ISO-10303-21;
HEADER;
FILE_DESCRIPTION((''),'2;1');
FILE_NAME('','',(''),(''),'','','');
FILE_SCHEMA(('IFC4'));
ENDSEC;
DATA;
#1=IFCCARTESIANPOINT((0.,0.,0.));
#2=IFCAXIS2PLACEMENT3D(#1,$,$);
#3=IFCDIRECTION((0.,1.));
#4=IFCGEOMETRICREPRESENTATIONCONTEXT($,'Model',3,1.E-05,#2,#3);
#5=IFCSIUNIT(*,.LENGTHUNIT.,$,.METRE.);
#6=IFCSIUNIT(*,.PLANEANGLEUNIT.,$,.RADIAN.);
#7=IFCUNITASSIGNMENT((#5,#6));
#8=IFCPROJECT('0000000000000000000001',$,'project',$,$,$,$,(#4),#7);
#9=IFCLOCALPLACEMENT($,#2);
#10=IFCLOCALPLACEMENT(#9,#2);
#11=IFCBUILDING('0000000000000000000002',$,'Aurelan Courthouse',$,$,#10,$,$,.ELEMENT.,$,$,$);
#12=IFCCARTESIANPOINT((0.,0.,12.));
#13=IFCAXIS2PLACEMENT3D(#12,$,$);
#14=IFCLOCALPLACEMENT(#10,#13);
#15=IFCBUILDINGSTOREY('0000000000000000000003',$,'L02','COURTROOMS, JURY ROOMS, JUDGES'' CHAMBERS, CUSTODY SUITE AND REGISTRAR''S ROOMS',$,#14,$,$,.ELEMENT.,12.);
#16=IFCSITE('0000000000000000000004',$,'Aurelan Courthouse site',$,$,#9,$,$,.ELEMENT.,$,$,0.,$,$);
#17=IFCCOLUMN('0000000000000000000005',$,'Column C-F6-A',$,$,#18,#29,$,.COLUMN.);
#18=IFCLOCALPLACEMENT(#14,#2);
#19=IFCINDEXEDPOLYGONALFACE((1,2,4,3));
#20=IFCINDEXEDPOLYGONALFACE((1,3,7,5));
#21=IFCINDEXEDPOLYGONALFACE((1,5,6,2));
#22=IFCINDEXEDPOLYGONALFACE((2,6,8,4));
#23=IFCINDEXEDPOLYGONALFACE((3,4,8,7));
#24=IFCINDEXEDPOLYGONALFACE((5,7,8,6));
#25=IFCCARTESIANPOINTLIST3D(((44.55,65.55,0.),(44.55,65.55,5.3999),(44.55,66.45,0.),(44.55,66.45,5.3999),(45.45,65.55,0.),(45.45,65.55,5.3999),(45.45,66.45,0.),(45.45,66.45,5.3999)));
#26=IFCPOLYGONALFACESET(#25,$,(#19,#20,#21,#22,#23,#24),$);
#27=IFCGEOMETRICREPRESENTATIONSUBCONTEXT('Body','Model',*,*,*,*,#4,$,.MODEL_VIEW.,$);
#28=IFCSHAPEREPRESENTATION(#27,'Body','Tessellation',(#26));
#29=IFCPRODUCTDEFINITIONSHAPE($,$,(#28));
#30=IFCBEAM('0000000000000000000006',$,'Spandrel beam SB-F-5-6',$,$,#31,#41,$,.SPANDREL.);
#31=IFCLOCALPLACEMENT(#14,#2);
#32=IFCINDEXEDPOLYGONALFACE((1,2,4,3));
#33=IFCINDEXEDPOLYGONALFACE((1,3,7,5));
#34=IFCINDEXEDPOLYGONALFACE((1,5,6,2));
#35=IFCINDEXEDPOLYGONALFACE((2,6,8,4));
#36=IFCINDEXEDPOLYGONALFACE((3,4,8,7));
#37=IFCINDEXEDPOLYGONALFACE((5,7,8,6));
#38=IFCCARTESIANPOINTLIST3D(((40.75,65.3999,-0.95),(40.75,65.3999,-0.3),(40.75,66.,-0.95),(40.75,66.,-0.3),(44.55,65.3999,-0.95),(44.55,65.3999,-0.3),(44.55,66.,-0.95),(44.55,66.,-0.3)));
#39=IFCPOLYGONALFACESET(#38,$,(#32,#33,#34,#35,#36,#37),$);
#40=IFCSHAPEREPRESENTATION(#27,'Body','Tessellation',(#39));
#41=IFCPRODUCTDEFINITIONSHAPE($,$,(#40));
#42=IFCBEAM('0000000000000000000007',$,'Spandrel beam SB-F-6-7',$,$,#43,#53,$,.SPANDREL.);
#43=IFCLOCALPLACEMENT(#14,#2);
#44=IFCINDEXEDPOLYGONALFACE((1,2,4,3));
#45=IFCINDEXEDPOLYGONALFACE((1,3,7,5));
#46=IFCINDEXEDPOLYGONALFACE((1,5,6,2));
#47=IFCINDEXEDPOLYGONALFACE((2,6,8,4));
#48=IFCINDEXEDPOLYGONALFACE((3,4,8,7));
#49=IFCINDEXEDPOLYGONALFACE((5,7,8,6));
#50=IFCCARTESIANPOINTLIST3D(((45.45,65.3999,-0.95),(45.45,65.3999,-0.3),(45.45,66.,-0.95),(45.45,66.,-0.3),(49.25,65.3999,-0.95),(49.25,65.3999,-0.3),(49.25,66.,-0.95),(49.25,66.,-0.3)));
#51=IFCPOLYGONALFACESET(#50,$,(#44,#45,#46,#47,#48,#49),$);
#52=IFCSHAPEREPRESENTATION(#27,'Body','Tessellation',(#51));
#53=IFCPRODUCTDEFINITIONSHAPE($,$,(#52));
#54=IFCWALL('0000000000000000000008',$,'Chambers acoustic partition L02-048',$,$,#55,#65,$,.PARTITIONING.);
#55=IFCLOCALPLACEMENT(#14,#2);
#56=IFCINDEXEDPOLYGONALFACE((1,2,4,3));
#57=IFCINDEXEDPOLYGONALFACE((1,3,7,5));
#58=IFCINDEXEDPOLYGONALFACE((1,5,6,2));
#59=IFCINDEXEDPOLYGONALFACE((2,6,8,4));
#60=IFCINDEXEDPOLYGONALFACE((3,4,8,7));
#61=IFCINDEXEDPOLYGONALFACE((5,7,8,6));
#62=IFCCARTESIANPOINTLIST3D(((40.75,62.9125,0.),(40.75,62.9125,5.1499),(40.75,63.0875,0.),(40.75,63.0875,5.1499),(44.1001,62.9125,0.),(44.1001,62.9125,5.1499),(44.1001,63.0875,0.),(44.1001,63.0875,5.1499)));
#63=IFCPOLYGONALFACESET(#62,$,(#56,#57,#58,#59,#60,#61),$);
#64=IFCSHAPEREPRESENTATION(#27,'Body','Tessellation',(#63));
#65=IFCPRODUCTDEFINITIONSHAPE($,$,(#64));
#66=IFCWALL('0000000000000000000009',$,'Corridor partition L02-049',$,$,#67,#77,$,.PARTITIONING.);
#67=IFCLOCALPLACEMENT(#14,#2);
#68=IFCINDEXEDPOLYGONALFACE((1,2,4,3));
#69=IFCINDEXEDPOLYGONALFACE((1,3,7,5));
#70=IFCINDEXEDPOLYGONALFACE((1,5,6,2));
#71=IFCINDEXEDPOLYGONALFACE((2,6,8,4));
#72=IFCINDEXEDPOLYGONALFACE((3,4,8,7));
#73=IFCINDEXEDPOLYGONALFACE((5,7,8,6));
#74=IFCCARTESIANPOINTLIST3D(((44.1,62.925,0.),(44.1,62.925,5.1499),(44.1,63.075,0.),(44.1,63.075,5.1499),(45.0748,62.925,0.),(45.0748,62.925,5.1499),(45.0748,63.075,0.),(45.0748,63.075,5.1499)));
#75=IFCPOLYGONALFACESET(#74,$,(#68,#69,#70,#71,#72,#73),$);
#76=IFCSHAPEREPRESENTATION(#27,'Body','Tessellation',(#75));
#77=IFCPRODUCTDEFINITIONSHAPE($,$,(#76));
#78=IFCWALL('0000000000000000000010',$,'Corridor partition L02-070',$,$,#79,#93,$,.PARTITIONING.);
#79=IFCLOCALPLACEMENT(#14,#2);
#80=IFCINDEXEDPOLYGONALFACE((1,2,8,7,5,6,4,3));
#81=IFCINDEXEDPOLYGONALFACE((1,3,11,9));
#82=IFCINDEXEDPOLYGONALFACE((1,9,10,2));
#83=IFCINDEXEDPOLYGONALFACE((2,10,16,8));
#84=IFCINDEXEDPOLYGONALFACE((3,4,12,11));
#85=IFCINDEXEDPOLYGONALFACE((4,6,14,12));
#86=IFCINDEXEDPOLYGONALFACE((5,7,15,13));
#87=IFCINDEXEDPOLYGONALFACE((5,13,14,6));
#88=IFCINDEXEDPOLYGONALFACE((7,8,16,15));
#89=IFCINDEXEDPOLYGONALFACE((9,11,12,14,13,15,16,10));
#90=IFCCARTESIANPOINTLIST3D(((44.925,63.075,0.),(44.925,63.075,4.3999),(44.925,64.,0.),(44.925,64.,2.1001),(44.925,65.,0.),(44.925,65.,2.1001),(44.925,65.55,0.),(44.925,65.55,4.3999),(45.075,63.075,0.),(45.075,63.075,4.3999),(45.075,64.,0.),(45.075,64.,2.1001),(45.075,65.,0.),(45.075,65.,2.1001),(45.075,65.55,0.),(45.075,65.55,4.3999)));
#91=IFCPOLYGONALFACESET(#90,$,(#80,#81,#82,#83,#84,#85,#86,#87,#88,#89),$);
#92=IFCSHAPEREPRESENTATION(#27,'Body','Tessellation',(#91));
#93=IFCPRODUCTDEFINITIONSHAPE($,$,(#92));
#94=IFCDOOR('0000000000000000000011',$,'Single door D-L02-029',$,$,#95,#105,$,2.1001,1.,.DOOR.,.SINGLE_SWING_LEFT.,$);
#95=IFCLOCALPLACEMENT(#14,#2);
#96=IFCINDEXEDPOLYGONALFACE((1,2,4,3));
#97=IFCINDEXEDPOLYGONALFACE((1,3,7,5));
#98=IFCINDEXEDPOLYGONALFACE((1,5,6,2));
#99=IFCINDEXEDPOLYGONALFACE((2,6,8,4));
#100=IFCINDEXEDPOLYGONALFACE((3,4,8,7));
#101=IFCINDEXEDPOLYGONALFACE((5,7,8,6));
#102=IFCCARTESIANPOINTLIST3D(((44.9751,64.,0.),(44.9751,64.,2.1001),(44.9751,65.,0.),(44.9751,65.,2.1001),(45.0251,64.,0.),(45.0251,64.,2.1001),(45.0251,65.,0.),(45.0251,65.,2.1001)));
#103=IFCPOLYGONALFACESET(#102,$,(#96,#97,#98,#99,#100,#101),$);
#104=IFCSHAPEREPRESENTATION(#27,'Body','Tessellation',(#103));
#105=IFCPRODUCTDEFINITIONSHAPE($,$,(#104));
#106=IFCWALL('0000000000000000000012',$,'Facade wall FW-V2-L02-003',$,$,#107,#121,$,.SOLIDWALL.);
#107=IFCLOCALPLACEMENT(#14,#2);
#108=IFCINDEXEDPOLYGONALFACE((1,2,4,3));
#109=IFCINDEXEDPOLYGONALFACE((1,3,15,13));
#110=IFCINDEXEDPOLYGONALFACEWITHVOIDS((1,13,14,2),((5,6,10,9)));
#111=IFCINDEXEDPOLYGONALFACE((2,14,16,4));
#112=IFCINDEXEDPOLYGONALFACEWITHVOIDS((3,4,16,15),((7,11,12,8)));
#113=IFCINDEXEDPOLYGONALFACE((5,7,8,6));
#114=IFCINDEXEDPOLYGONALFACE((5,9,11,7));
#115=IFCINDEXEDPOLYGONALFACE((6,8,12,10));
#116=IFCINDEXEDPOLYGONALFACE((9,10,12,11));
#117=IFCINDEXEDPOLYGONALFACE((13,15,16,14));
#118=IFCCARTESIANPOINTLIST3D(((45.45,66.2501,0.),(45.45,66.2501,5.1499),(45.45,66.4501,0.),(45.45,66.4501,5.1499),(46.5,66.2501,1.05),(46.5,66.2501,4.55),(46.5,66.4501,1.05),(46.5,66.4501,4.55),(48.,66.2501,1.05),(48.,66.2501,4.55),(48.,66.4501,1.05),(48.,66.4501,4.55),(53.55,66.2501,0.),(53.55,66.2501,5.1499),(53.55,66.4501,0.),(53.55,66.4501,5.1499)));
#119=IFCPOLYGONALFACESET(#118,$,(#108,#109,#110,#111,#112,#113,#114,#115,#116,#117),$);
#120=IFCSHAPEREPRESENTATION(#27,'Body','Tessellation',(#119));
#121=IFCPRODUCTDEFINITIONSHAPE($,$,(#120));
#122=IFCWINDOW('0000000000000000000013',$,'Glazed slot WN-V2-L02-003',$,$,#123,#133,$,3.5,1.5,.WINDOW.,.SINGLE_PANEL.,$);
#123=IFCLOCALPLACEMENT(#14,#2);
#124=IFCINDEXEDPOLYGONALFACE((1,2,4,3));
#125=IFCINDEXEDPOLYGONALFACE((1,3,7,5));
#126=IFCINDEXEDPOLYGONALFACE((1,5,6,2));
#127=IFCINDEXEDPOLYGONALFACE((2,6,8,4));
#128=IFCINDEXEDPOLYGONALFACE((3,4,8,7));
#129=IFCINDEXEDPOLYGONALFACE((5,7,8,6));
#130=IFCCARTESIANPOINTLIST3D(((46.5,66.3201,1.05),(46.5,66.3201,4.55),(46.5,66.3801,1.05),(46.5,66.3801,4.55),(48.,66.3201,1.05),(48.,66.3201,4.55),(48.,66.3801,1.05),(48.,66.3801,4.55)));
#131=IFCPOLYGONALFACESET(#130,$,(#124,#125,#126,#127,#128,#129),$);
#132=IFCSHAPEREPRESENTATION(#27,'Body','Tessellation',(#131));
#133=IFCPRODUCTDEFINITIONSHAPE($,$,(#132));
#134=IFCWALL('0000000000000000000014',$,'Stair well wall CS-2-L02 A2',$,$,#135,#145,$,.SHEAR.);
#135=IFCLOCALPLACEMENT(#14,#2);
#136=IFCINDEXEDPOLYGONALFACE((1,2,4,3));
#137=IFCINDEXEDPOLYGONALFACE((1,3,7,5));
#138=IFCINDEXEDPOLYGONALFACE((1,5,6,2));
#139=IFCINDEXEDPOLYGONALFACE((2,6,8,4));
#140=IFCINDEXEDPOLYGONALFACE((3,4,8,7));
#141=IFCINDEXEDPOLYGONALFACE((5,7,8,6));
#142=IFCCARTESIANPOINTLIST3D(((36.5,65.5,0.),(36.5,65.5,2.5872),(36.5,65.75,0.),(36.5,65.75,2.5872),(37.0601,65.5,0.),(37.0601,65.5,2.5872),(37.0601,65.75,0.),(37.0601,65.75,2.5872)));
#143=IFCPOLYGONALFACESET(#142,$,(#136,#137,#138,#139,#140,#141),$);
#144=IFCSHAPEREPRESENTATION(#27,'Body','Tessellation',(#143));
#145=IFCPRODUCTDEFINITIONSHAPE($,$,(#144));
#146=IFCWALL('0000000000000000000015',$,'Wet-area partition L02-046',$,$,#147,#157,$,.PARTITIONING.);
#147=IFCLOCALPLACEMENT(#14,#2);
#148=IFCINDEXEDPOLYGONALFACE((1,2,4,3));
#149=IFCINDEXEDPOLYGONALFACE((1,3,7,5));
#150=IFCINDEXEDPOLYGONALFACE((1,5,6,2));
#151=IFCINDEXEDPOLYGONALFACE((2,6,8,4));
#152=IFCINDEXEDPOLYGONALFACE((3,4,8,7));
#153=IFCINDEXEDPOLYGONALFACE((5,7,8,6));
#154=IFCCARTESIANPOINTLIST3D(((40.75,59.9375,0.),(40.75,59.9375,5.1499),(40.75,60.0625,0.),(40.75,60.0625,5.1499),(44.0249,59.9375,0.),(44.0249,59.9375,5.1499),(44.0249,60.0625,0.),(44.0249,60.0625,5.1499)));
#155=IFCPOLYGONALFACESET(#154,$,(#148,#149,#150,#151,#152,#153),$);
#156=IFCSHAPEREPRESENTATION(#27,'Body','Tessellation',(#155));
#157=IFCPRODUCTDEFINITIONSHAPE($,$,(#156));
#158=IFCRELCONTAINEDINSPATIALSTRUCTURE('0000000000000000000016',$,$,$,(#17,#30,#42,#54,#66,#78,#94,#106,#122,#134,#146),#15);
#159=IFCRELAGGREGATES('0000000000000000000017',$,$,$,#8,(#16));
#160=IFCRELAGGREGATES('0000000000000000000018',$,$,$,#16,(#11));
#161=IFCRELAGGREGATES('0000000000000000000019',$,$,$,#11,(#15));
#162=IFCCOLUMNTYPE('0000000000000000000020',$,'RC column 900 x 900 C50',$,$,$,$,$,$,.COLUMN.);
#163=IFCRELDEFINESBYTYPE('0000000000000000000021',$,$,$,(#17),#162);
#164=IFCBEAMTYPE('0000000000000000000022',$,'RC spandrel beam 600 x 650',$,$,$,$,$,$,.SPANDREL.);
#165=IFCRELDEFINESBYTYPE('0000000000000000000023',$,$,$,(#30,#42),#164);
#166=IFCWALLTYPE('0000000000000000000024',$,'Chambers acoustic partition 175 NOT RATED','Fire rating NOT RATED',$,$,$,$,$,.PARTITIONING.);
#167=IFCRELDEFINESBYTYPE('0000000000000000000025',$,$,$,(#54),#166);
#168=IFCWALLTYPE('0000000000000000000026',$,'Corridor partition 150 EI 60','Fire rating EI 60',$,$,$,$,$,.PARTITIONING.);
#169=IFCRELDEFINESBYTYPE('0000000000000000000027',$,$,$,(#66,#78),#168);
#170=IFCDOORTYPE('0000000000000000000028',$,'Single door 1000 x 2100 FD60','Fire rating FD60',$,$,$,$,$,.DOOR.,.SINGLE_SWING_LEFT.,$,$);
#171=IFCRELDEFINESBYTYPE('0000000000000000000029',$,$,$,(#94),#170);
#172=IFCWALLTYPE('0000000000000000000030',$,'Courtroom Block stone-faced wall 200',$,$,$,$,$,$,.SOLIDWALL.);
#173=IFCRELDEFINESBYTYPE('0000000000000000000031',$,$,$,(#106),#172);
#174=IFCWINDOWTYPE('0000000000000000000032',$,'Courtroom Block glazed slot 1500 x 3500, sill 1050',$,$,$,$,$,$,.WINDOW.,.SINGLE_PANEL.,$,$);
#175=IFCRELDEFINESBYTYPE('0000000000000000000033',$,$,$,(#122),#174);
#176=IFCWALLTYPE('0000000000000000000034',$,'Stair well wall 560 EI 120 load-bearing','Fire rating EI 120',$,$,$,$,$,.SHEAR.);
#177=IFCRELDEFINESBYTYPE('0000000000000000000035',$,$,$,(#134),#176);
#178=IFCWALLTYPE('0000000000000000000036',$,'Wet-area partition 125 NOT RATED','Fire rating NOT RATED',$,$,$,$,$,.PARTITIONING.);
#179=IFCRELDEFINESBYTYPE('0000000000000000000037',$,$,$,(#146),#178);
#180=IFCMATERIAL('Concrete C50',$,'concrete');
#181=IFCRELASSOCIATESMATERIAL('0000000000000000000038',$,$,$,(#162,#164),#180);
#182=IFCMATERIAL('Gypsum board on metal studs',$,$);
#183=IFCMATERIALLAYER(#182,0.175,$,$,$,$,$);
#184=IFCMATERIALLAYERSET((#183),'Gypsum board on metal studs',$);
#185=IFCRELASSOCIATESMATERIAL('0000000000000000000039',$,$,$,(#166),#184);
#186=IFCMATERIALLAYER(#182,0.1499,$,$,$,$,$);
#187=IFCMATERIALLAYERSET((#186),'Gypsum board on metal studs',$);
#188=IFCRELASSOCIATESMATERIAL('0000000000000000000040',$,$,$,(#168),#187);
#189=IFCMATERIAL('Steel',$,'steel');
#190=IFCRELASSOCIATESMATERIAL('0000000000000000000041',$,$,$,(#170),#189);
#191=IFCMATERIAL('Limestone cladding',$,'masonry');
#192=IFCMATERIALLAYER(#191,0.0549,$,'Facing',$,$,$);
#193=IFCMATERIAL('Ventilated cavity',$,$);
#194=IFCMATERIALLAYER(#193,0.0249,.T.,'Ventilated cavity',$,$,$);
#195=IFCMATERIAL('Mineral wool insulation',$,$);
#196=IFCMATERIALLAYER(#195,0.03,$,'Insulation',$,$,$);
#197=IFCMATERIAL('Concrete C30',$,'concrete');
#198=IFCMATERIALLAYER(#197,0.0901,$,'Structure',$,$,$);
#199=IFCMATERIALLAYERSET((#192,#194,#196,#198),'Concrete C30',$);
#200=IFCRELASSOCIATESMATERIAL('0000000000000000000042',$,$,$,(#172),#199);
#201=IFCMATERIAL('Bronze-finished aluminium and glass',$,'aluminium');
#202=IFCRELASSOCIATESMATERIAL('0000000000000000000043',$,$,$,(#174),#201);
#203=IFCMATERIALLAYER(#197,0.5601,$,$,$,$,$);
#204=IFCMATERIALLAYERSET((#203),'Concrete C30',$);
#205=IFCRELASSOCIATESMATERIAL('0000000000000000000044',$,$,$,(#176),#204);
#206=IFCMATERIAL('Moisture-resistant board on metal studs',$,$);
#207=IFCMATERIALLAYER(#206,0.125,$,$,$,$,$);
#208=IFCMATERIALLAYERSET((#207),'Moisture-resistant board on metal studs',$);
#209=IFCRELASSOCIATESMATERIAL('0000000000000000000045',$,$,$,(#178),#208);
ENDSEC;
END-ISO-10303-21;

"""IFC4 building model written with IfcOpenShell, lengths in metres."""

from ifc_helpers import new_model, si_unit, direction, frame, frame_2d, origin, origin_2d, place, context, subcontext, project, spatial, rectangle, extrude, material, layer, layer_set, material_profile, profile_set, type_object, element, fill, save


model = new_model("IFC4")

# Units and contexts
model_context = context("Model", 3, precision=1e-05, world=origin(), true_north=direction((0.0, 1.0)))
body_context = subcontext(model_context, "Body", "Model", "MODEL_VIEW")
ifc_project = project(units=[si_unit("LENGTHUNIT", "METRE"), si_unit("PLANEANGLEUNIT", "RADIAN")], contexts=[model_context])

# Site, building, storey
site_placement = place(None, origin())
site = spatial("IfcSite", under=ifc_project, at=site_placement, Name="Aurelan Courthouse site", CompositionType="ELEMENT", RefElevation=0.0)
building_placement = place(site_placement, origin())
building = spatial("IfcBuilding", under=site, at=building_placement, Name="Aurelan Courthouse", CompositionType="ELEMENT")
storey_placement = place(building_placement, frame((0.0, 0.0, 12.0)))
storey = spatial("IfcBuildingStorey", under=building, at=storey_placement, Name="L02", Description="COURTROOMS, JURY ROOMS, JUDGES' CHAMBERS, CUSTODY SUITE AND REGISTRAR'S ROOMS", CompositionType="ELEMENT", Elevation=12.0)

# Column
ifc_material_1 = material(Name="Concrete C50", Category="concrete")
ifc_material_profile_1 = material_profile(ifc_material_1, rectangle(XDim=0.8999, YDim=0.8999, at=origin_2d()), Name="RC 900 x 900")
ifc_profile_set_1 = profile_set([ifc_material_profile_1], Name="Concrete C50")
column_type = type_object("IfcColumnType", Name="RC column 900 x 900 C50", PredefinedType="COLUMN", material=ifc_profile_set_1)
column_placement = place(storey_placement, frame((45.0, 66.0, 0.0), z_axis=(0.0, 0.0, 1.0), x_axis=(1.0, 0.0, 0.0)))
element("IfcColumn", 1, at=column_placement, inside=storey, type_object=column_type, Name="Column C-F6-A", PredefinedType="COLUMN", context=body_context, shape_type="SweptSolid", body=[
    extrude(rectangle(XDim=0.8999, YDim=0.8999, at=origin_2d()), origin(), (0.0, 0.0, 1.0), 5.3999),
])

# Beams
ifc_material_profile_2 = material_profile(ifc_material_1, rectangle(XDim=0.6001, YDim=0.6499, at=origin_2d()), Name="RC 600 x 650")
ifc_profile_set_2 = profile_set([ifc_material_profile_2], Name="Concrete C50")
beam_type = type_object("IfcBeamType", Name="RC spandrel beam 600 x 650", PredefinedType="SPANDREL", material=ifc_profile_set_2)
for number, where, z_axis, x_axis, name in (
    (2, (40.75, 65.7, -0.625), (1.0, 0.0, 0.0), (0.0, 1.0, 0.0), "Spandrel beam SB-F-5-6"),
    (3, (45.45, 65.7, -0.625), (1.0, 0.0, 0.0), (0.0, 1.0, 0.0), "Spandrel beam SB-F-6-7"),
):
    element("IfcBeam", number, at=place(storey_placement, frame(where, z_axis=z_axis, x_axis=x_axis)), inside=storey, type_object=beam_type, Name=name, PredefinedType="SPANDREL", context=body_context, shape_type="SweptSolid", body=[
        extrude(rectangle(XDim=0.6001, YDim=0.6499, at=origin_2d()), origin(), (0.0, 0.0, 1.0), 3.8),
    ])

# Walls
ifc_material_2 = material(Name="Gypsum board on metal studs")
ifc_layer_1 = layer(ifc_material_2, 0.175)
ifc_layer_set_1 = layer_set([ifc_layer_1], Name="Gypsum board on metal studs")
wall_type_1 = type_object("IfcWallType", Name="Chambers acoustic partition 175 NOT RATED", Description="Fire rating NOT RATED", PredefinedType="PARTITIONING", material=ifc_layer_set_1)
wall_1_placement = place(storey_placement, frame((40.75, 63.0, 0.0), z_axis=(0.0, 0.0, 1.0), x_axis=(1.0, 0.0, 0.0)))
element("IfcWall", 4, at=wall_1_placement, inside=storey, type_object=wall_type_1, Name="Chambers acoustic partition L02-048", PredefinedType="PARTITIONING", context=body_context, shape_type="SweptSolid", body=[
    extrude(rectangle(XDim=3.3501, YDim=0.175, at=frame_2d((1.675, 0.0))), origin(), (0.0, 0.0, 1.0), 5.1499),
])
ifc_layer_2 = layer(ifc_material_2, 0.1499)
ifc_layer_set_2 = layer_set([ifc_layer_2], Name="Gypsum board on metal studs")
wall_type_2 = type_object("IfcWallType", Name="Corridor partition 150 EI 60", Description="Fire rating EI 60", PredefinedType="PARTITIONING", material=ifc_layer_set_2)
wall_2_placement = place(storey_placement, frame((44.1001, 63.0, 0.0), z_axis=(0.0, 0.0, 1.0), x_axis=(1.0, 0.0, 0.0)))
element("IfcWall", 5, at=wall_2_placement, inside=storey, type_object=wall_type_2, Name="Corridor partition L02-049", PredefinedType="PARTITIONING", context=body_context, shape_type="SweptSolid", body=[
    extrude(rectangle(XDim=0.9749, YDim=0.1499, at=frame_2d((0.4873, 0.0))), origin(), (0.0, 0.0, 1.0), 5.1499),
])

# Wall, opening, door
wall_3_placement = place(storey_placement, frame((45.0, 63.075, 0.0), z_axis=(0.0, 0.0, 1.0), x_axis=(0.0, 1.0, 0.0)))
wall_3 = element("IfcWall", 6, at=wall_3_placement, inside=storey, type_object=wall_type_2, Name="Corridor partition L02-070", PredefinedType="PARTITIONING", context=body_context, shape_type="SweptSolid", body=[
    extrude(rectangle(XDim=2.4751, YDim=0.1499, at=frame_2d((1.2375, 0.0))), origin(), (0.0, 0.0, 1.0), 4.3999),
])
opening_1_placement = place(wall_3_placement, frame((0.925, 0.0, 0.0)))
opening_1 = element("IfcOpeningElement", 7, at=opening_1_placement, cuts=wall_3, PredefinedType="OPENING", context=body_context, shape_type="SweptSolid", body=[
    extrude(rectangle(XDim=1.0, YDim=2.1001, at=frame_2d((0.5, 1.05))), frame((0.0, 0.085, 0.0), z_axis=(0.0, -1.0, 0.0), x_axis=(1.0, 0.0, 0.0)), (0.0, 0.0, 1.0), 0.1699),
])
ifc_material_3 = material(Name="Steel", Category="steel")
door_type = type_object("IfcDoorType", Name="Single door 1000 x 2100 FD60", Description="Fire rating FD60", OperationType="SINGLE_SWING_LEFT", PredefinedType="DOOR", material=ifc_material_3)
door_placement = place(opening_1_placement, origin())
door = element("IfcDoor", 8, at=door_placement, inside=storey, type_object=door_type, Name="Single door D-L02-029", OperationType="SINGLE_SWING_LEFT", OverallHeight=2.1001, OverallWidth=1.0, PredefinedType="DOOR", context=body_context, shape_type="SweptSolid", body=[
    extrude(rectangle(XDim=1.0, YDim=2.1001, at=frame_2d((0.5, 1.05))), frame((0.0, 0.0249, 0.0), z_axis=(0.0, -1.0, 0.0), x_axis=(1.0, 0.0, 0.0)), (0.0, 0.0, 1.0), 0.05),
])
fill(opening_1, door)

# Wall, opening, window
ifc_material_4 = material(Name="Limestone cladding", Category="masonry")
ifc_layer_3 = layer(ifc_material_4, 0.0549, Name="Facing")
ifc_material_5 = material(Name="Ventilated cavity")
ifc_layer_4 = layer(ifc_material_5, 0.0249, ventilated=True, Name="Ventilated cavity")
ifc_material_6 = material(Name="Mineral wool insulation")
ifc_layer_5 = layer(ifc_material_6, 0.03, Name="Insulation")
ifc_material_7 = material(Name="Concrete C30", Category="concrete")
ifc_layer_6 = layer(ifc_material_7, 0.0901, Name="Structure")
ifc_layer_set_3 = layer_set([ifc_layer_3, ifc_layer_4, ifc_layer_5, ifc_layer_6], Name="Concrete C30")
wall_type_3 = type_object("IfcWallType", Name="Courtroom Block stone-faced wall 200", PredefinedType="SOLIDWALL", material=ifc_layer_set_3)
wall_4_placement = place(storey_placement, frame((45.45, 66.3501, 0.0), z_axis=(0.0, 0.0, 1.0), x_axis=(1.0, 0.0, 0.0)))
wall_4 = element("IfcWall", 9, at=wall_4_placement, inside=storey, type_object=wall_type_3, Name="Facade wall FW-V2-L02-003", PredefinedType="SOLIDWALL", context=body_context, shape_type="SweptSolid", body=[
    extrude(rectangle(XDim=8.1001, YDim=0.2, at=frame_2d((4.05, 0.0))), origin(), (0.0, 0.0, 1.0), 5.1499),
])
opening_2_placement = place(wall_4_placement, frame((1.05, 0.0, 1.05)))
opening_2 = element("IfcOpeningElement", 10, at=opening_2_placement, cuts=wall_4, PredefinedType="OPENING", context=body_context, shape_type="SweptSolid", body=[
    extrude(rectangle(XDim=1.5, YDim=3.5, at=frame_2d((0.75, 1.75))), frame((0.0, 0.1099, 0.0), z_axis=(0.0, -1.0, 0.0), x_axis=(1.0, 0.0, 0.0)), (0.0, 0.0, 1.0), 0.22),
])
ifc_material_8 = material(Name="Bronze-finished aluminium and glass", Category="aluminium")
window_type = type_object("IfcWindowType", Name="Courtroom Block glazed slot 1500 x 3500, sill 1050", PartitioningType="SINGLE_PANEL", PredefinedType="WINDOW", material=ifc_material_8)
window_placement = place(opening_2_placement, origin())
window = element("IfcWindow", 11, at=window_placement, inside=storey, type_object=window_type, Name="Glazed slot WN-V2-L02-003", OverallHeight=3.5, OverallWidth=1.5, PartitioningType="SINGLE_PANEL", PredefinedType="WINDOW", context=body_context, shape_type="SweptSolid", body=[
    extrude(rectangle(XDim=1.5, YDim=3.5, at=frame_2d((0.75, 1.75))), frame((0.0, 0.03, 0.0), z_axis=(0.0, -1.0, 0.0), x_axis=(1.0, 0.0, 0.0)), (0.0, 0.0, 1.0), 0.0601),
])
fill(opening_2, window)

# Walls
ifc_layer_7 = layer(ifc_material_7, 0.5601)
ifc_layer_set_4 = layer_set([ifc_layer_7], Name="Concrete C30")
wall_type_4 = type_object("IfcWallType", Name="Stair well wall 560 EI 120 load-bearing", Description="Fire rating EI 120", PredefinedType="SHEAR", material=ifc_layer_set_4)
wall_5_placement = place(storey_placement, frame((36.78, 65.5, 0.0), z_axis=(0.0, 0.0, 1.0), x_axis=(0.0, 1.0, 0.0)))
element("IfcWall", 12, at=wall_5_placement, inside=storey, type_object=wall_type_4, Name="Stair well wall CS-2-L02 A2", PredefinedType="SHEAR", context=body_context, shape_type="SweptSolid", body=[
    extrude(rectangle(XDim=0.25, YDim=0.5601, at=frame_2d((0.125, 0.0))), origin(), (0.0, 0.0, 1.0), 2.5872),
])
ifc_material_9 = material(Name="Moisture-resistant board on metal studs")
ifc_layer_8 = layer(ifc_material_9, 0.125)
ifc_layer_set_5 = layer_set([ifc_layer_8], Name="Moisture-resistant board on metal studs")
wall_type_5 = type_object("IfcWallType", Name="Wet-area partition 125 NOT RATED", Description="Fire rating NOT RATED", PredefinedType="PARTITIONING", material=ifc_layer_set_5)
wall_6_placement = place(storey_placement, frame((40.75, 60.0, 0.0), z_axis=(0.0, 0.0, 1.0), x_axis=(1.0, 0.0, 0.0)))
element("IfcWall", 13, at=wall_6_placement, inside=storey, type_object=wall_type_5, Name="Wet-area partition L02-046", PredefinedType="PARTITIONING", context=body_context, shape_type="SweptSolid", body=[
    extrude(rectangle(XDim=3.2749, YDim=0.125, at=frame_2d((1.6375, 0.0))), origin(), (0.0, 0.0, 1.0), 5.1499),
])

save(model, "model.ifc")
